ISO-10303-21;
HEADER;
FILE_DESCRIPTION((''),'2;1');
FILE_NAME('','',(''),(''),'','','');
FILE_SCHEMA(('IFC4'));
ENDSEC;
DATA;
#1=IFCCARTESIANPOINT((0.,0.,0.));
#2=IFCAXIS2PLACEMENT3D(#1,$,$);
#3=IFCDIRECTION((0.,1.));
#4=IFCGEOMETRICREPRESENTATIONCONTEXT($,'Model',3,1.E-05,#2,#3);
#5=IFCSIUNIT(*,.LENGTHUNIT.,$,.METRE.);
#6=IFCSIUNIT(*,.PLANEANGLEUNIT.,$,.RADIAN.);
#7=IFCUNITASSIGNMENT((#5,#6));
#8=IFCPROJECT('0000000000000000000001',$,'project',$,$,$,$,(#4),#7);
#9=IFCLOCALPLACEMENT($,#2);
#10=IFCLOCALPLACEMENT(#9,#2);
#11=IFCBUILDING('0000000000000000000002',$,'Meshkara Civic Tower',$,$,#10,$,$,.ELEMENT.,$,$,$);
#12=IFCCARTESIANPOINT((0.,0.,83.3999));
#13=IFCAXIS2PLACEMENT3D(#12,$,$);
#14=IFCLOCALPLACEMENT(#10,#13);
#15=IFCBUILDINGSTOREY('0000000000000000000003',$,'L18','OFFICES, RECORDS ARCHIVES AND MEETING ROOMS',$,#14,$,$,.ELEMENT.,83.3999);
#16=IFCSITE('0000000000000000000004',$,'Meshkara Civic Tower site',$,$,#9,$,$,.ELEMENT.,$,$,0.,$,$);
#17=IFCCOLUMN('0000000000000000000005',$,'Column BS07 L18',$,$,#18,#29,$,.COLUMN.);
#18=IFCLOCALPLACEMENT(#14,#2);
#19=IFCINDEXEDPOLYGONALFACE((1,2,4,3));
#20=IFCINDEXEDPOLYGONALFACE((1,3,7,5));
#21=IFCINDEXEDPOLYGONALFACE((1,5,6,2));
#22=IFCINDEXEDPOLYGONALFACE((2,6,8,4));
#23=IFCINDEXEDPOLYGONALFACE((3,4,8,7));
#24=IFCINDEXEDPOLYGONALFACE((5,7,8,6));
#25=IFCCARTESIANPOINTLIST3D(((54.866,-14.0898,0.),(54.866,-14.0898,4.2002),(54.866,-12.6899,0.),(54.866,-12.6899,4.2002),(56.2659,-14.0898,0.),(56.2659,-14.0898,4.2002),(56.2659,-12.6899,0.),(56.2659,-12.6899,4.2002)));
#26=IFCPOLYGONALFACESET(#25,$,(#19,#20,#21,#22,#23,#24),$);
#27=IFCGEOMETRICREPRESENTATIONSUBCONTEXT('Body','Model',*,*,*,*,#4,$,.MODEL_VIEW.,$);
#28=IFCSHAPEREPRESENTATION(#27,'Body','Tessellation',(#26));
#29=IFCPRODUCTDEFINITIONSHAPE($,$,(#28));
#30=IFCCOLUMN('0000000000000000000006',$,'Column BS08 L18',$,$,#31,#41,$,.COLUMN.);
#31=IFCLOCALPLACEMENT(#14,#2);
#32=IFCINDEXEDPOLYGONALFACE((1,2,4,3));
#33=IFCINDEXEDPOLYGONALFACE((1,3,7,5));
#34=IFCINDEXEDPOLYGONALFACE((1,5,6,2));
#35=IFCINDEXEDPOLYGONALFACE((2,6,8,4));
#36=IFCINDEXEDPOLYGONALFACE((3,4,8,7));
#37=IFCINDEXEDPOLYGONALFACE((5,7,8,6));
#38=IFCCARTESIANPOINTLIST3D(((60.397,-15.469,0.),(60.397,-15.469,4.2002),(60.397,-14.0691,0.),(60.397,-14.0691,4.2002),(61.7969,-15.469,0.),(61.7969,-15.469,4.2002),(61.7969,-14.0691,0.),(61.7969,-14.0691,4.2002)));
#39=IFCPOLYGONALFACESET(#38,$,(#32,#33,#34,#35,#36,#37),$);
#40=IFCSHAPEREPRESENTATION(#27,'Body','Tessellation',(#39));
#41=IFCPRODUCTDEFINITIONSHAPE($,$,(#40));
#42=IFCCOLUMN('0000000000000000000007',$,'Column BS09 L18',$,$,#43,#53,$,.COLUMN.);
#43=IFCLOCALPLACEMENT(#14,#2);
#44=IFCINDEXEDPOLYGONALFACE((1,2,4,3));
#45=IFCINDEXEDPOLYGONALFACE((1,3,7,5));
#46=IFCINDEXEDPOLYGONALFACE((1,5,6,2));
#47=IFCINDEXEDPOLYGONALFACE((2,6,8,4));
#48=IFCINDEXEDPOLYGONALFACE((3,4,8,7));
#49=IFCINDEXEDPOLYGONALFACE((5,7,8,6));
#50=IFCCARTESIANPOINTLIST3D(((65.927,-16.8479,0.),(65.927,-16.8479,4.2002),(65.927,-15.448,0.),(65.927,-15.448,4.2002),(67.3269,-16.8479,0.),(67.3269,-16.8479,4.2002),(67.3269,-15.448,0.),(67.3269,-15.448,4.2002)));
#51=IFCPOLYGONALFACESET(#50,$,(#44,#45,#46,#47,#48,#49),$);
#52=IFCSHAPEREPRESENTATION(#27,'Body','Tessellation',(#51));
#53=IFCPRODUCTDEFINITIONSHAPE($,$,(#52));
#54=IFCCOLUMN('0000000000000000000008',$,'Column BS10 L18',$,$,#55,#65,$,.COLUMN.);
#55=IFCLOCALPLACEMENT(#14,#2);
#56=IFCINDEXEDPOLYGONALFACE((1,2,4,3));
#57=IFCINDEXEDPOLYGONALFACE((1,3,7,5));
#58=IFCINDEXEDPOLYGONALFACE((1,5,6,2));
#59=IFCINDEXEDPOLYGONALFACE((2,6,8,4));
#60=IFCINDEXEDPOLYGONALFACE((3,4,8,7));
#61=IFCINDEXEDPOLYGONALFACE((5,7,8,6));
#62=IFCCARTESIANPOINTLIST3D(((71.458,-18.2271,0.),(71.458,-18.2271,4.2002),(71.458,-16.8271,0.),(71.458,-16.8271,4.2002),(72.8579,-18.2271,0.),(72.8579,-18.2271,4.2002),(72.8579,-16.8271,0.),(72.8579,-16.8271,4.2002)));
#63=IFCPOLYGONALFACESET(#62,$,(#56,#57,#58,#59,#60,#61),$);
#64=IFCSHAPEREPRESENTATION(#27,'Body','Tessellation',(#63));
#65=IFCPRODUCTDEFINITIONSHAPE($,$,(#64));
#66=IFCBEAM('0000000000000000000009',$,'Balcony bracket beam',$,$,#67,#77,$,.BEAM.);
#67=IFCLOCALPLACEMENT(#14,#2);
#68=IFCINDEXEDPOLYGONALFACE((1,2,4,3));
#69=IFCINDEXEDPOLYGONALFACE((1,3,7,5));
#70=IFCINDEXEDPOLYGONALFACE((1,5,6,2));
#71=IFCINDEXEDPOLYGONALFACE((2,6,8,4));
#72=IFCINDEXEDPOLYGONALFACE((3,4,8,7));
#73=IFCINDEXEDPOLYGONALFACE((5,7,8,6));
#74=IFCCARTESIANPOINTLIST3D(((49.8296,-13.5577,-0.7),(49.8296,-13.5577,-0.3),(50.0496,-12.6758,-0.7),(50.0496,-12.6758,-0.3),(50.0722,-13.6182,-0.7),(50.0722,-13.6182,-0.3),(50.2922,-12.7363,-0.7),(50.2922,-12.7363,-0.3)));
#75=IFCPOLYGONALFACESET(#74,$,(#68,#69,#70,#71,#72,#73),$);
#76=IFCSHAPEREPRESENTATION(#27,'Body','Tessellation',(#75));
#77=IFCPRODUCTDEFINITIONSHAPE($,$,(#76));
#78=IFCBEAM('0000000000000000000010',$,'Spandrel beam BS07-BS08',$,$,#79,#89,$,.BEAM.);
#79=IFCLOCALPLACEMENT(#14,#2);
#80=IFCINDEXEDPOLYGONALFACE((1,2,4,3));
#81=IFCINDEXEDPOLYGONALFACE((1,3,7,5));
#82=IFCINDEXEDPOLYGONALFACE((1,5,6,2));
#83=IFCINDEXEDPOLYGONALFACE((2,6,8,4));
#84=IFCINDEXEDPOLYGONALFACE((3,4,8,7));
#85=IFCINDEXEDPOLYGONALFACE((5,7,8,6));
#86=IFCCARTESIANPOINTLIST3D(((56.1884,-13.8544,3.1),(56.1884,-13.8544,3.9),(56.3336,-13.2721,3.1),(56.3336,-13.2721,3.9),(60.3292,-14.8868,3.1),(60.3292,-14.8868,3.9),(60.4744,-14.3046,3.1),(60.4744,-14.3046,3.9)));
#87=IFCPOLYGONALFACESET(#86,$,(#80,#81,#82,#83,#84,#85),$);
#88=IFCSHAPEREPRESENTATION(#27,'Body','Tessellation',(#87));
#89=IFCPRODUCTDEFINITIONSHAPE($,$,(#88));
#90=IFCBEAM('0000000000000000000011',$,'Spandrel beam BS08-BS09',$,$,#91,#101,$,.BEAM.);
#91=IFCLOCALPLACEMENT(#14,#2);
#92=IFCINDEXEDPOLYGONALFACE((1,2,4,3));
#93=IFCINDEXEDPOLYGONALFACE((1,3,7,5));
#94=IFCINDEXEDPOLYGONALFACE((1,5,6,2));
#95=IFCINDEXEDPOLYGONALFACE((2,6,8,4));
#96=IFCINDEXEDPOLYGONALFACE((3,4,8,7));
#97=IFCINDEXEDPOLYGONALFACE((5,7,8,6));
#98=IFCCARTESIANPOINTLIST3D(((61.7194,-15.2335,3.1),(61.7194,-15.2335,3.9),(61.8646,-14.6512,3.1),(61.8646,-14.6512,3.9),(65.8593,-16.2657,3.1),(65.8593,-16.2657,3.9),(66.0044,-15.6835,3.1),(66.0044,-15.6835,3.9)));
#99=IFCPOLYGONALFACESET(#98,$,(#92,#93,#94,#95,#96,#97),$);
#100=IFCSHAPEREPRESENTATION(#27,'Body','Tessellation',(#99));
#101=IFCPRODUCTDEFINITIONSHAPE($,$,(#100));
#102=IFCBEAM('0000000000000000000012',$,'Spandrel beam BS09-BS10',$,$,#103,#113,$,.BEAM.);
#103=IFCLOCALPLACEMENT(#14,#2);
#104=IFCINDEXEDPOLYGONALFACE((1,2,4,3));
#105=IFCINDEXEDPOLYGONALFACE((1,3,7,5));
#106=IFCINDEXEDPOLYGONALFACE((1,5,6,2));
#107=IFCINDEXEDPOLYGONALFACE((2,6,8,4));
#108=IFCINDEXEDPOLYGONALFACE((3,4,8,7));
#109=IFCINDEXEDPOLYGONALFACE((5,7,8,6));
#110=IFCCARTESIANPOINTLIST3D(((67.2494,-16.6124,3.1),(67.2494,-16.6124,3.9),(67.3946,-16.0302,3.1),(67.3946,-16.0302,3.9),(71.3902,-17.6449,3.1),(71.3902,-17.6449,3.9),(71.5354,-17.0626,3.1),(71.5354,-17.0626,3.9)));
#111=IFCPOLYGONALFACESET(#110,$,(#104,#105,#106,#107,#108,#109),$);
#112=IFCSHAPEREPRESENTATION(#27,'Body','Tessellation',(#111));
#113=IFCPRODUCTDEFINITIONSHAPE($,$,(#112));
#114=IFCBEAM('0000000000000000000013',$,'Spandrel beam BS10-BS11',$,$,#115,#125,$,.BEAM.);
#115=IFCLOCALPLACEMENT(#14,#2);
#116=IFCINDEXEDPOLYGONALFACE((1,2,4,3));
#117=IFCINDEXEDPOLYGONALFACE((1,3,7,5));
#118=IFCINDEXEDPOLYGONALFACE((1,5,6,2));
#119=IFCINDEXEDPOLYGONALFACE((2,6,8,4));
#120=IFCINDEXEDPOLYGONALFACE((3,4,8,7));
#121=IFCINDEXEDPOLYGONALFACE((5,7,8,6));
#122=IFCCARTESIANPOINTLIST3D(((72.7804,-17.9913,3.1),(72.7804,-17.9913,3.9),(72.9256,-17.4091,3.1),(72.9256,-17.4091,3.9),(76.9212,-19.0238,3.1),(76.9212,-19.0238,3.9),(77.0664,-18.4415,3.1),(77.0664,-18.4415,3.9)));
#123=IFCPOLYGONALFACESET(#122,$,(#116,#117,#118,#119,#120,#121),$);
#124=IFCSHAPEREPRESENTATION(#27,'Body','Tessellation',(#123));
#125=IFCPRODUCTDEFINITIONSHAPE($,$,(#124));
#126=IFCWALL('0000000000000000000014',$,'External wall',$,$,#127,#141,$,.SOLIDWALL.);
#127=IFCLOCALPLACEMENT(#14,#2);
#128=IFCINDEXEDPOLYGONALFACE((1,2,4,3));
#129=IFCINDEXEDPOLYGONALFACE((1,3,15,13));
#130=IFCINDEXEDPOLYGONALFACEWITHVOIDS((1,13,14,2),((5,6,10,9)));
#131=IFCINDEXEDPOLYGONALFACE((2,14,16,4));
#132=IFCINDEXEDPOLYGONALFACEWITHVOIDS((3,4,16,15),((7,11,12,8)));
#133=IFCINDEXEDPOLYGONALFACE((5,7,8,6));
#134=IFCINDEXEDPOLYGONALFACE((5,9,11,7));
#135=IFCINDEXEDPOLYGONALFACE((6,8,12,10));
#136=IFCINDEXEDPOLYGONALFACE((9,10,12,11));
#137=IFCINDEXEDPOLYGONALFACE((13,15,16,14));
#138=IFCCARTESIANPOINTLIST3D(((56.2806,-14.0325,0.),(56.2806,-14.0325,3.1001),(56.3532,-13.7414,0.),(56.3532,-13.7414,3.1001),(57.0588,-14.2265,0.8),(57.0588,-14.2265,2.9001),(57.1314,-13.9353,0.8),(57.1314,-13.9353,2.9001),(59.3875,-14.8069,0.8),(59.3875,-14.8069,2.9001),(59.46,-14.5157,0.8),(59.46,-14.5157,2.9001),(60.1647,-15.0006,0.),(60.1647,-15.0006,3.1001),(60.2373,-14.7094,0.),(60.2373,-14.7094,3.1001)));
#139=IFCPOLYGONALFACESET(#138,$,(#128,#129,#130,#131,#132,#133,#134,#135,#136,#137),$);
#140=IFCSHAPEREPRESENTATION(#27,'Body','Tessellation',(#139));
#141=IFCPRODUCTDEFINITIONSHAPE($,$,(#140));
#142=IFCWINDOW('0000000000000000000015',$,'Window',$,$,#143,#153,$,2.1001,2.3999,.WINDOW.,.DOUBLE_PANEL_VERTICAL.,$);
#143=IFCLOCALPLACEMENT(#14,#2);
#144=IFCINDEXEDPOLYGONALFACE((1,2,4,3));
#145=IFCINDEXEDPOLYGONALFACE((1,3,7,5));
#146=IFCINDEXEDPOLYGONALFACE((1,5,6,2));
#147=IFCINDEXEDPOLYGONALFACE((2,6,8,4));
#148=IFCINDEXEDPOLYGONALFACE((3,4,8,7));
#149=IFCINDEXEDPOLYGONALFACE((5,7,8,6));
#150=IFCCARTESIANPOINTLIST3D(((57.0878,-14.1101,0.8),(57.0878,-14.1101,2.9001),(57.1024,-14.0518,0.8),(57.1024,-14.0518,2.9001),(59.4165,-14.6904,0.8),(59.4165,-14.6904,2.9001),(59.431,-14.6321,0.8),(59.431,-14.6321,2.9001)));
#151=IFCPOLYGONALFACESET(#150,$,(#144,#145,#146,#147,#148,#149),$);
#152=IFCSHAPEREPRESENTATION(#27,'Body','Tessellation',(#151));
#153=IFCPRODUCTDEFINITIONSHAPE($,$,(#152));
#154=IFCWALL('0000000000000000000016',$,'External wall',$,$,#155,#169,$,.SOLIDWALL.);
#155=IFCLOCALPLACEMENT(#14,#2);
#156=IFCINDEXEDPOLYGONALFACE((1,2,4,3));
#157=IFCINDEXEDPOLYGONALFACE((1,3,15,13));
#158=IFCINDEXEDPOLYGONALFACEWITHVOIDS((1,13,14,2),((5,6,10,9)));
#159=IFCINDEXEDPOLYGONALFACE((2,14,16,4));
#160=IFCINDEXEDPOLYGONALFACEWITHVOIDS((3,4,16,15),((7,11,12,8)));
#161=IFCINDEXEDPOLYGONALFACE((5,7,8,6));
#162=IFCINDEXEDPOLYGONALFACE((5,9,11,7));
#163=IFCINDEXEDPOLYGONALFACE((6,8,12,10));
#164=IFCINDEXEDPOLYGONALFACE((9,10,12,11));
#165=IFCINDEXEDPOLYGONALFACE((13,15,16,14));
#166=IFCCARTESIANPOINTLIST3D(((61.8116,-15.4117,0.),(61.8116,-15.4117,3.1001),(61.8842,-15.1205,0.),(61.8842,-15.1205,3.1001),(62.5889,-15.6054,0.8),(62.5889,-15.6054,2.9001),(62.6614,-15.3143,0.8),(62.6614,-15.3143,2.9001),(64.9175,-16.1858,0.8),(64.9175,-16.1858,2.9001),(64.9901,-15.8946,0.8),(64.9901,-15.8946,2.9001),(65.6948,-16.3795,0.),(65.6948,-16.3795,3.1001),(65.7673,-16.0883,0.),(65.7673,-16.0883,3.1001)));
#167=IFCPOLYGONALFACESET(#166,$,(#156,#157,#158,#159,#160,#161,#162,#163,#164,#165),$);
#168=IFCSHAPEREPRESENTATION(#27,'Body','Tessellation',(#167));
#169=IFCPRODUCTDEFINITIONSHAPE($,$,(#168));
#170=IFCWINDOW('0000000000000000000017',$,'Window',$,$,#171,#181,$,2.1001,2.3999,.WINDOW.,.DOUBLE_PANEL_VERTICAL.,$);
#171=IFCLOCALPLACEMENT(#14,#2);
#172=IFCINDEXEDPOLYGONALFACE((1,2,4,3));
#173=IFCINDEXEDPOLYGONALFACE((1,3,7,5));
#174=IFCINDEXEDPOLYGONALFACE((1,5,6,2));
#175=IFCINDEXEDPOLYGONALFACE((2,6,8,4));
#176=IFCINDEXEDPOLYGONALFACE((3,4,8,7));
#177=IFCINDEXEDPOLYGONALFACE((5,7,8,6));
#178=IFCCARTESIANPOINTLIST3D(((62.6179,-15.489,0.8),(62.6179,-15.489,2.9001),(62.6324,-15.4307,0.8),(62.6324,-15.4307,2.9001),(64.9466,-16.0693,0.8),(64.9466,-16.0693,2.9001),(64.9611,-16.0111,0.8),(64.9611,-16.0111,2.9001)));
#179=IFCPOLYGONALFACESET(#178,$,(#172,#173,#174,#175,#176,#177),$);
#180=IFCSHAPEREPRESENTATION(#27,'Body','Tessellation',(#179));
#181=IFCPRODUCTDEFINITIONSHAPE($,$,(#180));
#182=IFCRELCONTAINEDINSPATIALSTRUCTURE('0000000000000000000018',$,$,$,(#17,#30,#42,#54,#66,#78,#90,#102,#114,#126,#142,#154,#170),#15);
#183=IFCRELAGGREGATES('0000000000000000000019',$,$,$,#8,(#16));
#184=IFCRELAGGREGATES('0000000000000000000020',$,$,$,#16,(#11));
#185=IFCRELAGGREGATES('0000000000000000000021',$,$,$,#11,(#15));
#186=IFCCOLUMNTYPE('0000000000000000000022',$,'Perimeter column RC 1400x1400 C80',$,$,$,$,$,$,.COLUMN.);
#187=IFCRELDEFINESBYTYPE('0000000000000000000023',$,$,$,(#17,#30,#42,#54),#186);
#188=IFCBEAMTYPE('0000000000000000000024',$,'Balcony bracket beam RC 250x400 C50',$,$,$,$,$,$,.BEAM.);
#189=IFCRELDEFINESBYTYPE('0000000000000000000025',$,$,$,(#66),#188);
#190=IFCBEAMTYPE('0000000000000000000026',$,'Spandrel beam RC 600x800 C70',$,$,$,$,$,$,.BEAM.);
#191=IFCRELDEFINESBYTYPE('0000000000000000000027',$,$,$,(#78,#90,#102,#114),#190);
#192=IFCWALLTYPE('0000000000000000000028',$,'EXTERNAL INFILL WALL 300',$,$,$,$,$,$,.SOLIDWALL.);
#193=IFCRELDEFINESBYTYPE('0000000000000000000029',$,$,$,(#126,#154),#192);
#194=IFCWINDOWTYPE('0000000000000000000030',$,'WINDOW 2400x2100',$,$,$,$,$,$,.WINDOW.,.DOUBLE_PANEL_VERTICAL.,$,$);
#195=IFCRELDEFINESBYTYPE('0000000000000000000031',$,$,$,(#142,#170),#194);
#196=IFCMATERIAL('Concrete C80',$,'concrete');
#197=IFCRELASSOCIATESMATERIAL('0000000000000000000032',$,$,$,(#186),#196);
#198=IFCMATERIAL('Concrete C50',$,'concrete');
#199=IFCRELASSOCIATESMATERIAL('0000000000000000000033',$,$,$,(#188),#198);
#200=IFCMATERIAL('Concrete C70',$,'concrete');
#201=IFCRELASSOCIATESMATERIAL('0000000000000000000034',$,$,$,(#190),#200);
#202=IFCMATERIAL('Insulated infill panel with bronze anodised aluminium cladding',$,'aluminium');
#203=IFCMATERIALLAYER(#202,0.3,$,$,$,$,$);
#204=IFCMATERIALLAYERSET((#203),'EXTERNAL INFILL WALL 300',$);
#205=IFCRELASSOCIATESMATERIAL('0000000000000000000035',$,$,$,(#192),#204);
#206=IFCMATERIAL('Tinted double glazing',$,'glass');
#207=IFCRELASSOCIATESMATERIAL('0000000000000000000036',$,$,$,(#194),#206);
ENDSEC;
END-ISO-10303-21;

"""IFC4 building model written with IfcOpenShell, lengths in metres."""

from ifc_helpers import new_model, si_unit, direction, frame, frame_2d, origin, origin_2d, place, context, subcontext, project, spatial, rectangle, extrude, material, layer, layer_set, material_profile, profile_set, type_object, element, fill, save


model = new_model("IFC4")

# Units and contexts
model_context = context("Model", 3, precision=1e-05, world=origin(), true_north=direction((0.0, 1.0)))
body_context = subcontext(model_context, "Body", "Model", "MODEL_VIEW")
ifc_project = project(units=[si_unit("LENGTHUNIT", "METRE"), si_unit("PLANEANGLEUNIT", "RADIAN")], contexts=[model_context])

# Site, building, storey
site_placement = place(None, origin())
site = spatial("IfcSite", under=ifc_project, at=site_placement, Name="Meshkara Civic Tower site", CompositionType="ELEMENT", RefElevation=0.0)
building_placement = place(site_placement, origin())
building = spatial("IfcBuilding", under=site, at=building_placement, Name="Meshkara Civic Tower", CompositionType="ELEMENT")
storey_placement = place(building_placement, frame((0.0, 0.0, 83.3999)))
storey = spatial("IfcBuildingStorey", under=building, at=storey_placement, Name="L18", Description="OFFICES, RECORDS ARCHIVES AND MEETING ROOMS", CompositionType="ELEMENT", Elevation=83.3999)

# Columns
ifc_material_1 = material(Name="Concrete C80", Category="concrete")
ifc_material_profile_1 = material_profile(ifc_material_1, rectangle(XDim=1.3999, YDim=1.3999, at=origin_2d()))
ifc_profile_set_1 = profile_set([ifc_material_profile_1], Name="Concrete C80")
column_type = type_object("IfcColumnType", Name="Perimeter column RC 1400x1400 C80", PredefinedType="COLUMN", material=ifc_profile_set_1)
for number, where, z_axis, x_axis, name in (
    (1, (55.5659, -13.3899, 0.0), (0.0, 0.0, 1.0), (1.0, 0.0, 0.0), "Column BS07 L18"),
    (2, (61.0969, -14.769, 0.0), (0.0, 0.0, 1.0), (1.0, 0.0, 0.0), "Column BS08 L18"),
    (3, (66.627, -16.1479, 0.0), (0.0, 0.0, 1.0), (1.0, 0.0, 0.0), "Column BS09 L18"),
    (4, (72.158, -17.5271, 0.0), (0.0, 0.0, 1.0), (1.0, 0.0, 0.0), "Column BS10 L18"),
):
    element("IfcColumn", number, at=place(storey_placement, frame(where, z_axis=z_axis, x_axis=x_axis)), inside=storey, type_object=column_type, Name=name, PredefinedType="COLUMN", context=body_context, shape_type="SweptSolid", body=[
        extrude(rectangle(XDim=1.3999, YDim=1.3999, at=origin_2d()), origin(), (0.0, 0.0, 1.0), 4.2002),
    ])

# Beams
ifc_material_2 = material(Name="Concrete C50", Category="concrete")
ifc_material_profile_2 = material_profile(ifc_material_2, rectangle(XDim=0.25, YDim=0.3999, at=origin_2d()))
ifc_profile_set_2 = profile_set([ifc_material_profile_2], Name="Concrete C50")
beam_type_1 = type_object("IfcBeamType", Name="Balcony bracket beam RC 250x400 C50", PredefinedType="BEAM", material=ifc_profile_set_2)
beam_1_placement = place(storey_placement, frame((50.1709, -12.7061, -0.5), z_axis=(-0.24203, -0.970269, 0.0), x_axis=(0.970269, -0.24203, 0.0)))
element("IfcBeam", 5, at=beam_1_placement, inside=storey, type_object=beam_type_1, Name="Balcony bracket beam", PredefinedType="BEAM", context=body_context, shape_type="SweptSolid", body=[
    extrude(rectangle(XDim=0.25, YDim=0.3999, at=origin_2d()), origin(), (0.0, 0.0, 1.0), 0.9089),
])
ifc_material_3 = material(Name="Concrete C70", Category="concrete")
ifc_material_profile_3 = material_profile(ifc_material_3, rectangle(XDim=0.6001, YDim=0.8, at=origin_2d()))
ifc_profile_set_3 = profile_set([ifc_material_profile_3], Name="Concrete C70")
beam_type_2 = type_object("IfcBeamType", Name="Spandrel beam RC 600x800 C70", PredefinedType="BEAM", material=ifc_profile_set_3)
beam_2_placement = place(storey_placement, frame((56.261, -13.5632, 3.5), z_axis=(0.970294, -0.24193, 0.0), x_axis=(0.24193, 0.970294, 0.0)))
element("IfcBeam", 6, at=beam_2_placement, inside=storey, type_object=beam_type_2, Name="Spandrel beam BS07-BS08", PredefinedType="BEAM", context=body_context, shape_type="SweptSolid", body=[
    extrude(rectangle(XDim=0.6001, YDim=0.8, at=origin_2d()), origin(), (0.0, 0.0, 1.0), 4.2676),
])
beam_3_placement = place(storey_placement, frame((61.792, -14.9424, 3.5), z_axis=(0.970294, -0.24193, 0.0), x_axis=(0.24193, 0.970294, 0.0)))
element("IfcBeam", 7, at=beam_3_placement, inside=storey, type_object=beam_type_2, Name="Spandrel beam BS08-BS09", PredefinedType="BEAM", context=body_context, shape_type="SweptSolid", body=[
    extrude(rectangle(XDim=0.6001, YDim=0.8, at=origin_2d()), origin(), (0.0, 0.0, 1.0), 4.2666),
])
for number, where, z_axis, x_axis, name in (
    (8, (67.322, -16.3213, 3.5), (0.970294, -0.24193, 0.0), (0.24193, 0.970294, 0.0), "Spandrel beam BS09-BS10"),
    (9, (72.853, -17.7002, 3.5), (0.970294, -0.24193, 0.0), (0.24193, 0.970294, 0.0), "Spandrel beam BS10-BS11"),
):
    element("IfcBeam", number, at=place(storey_placement, frame(where, z_axis=z_axis, x_axis=x_axis)), inside=storey, type_object=beam_type_2, Name=name, PredefinedType="BEAM", context=body_context, shape_type="SweptSolid", body=[
        extrude(rectangle(XDim=0.6001, YDim=0.8, at=origin_2d()), origin(), (0.0, 0.0, 1.0), 4.2676),
    ])

# Walls, openings, windows
ifc_material_4 = material(Name="Insulated infill panel with bronze anodised aluminium cladding", Category="aluminium")
ifc_layer_1 = layer(ifc_material_4, 0.3)
ifc_layer_set_1 = layer_set([ifc_layer_1], Name="EXTERNAL INFILL WALL 300")
wall_type_1 = type_object("IfcWallType", Name="EXTERNAL INFILL WALL 300", PredefinedType="SOLIDWALL", material=ifc_layer_set_1)
wall_1_placement = place(storey_placement, frame((56.3169, -13.887, 0.0), z_axis=(0.0, 0.0, 1.0), x_axis=(0.970318, -0.241832, 0.0)))
wall_1 = element("IfcWall", 10, at=wall_1_placement, inside=storey, type_object=wall_type_1, Name="External wall", PredefinedType="SOLIDWALL", context=body_context, shape_type="SweptSolid", body=[
    extrude(rectangle(XDim=4.0029, YDim=0.3, at=frame_2d((2.0015, 0.0))), origin(), (0.0, 0.0, 1.0), 3.1001),
])
opening_1_placement = place(wall_1_placement, frame((0.802, 0.0, 0.8)))
opening_1 = element("IfcOpeningElement", 11, at=opening_1_placement, cuts=wall_1, PredefinedType="OPENING", context=body_context, shape_type="SweptSolid", body=[
    extrude(rectangle(XDim=2.3999, YDim=2.1001, at=frame_2d((1.2, 1.05))), frame((0.0, 0.1599, 0.0), z_axis=(0.0, -1.0, 0.0), x_axis=(1.0, 0.0, 0.0)), (0.0, 0.0, 1.0), 0.3201),
])
ifc_material_5 = material(Name="Tinted double glazing", Category="glass")
window_type = type_object("IfcWindowType", Name="WINDOW 2400x2100", PartitioningType="DOUBLE_PANEL_VERTICAL", PredefinedType="WINDOW", material=ifc_material_5)
window_1_placement = place(opening_1_placement, origin())
window_1 = element("IfcWindow", 12, at=window_1_placement, inside=storey, type_object=window_type, Name="Window", OverallHeight=2.1001, OverallWidth=2.3999, PartitioningType="DOUBLE_PANEL_VERTICAL", PredefinedType="WINDOW", context=body_context, shape_type="SweptSolid", body=[
    extrude(rectangle(XDim=2.3999, YDim=2.1001, at=frame_2d((1.2, 1.05))), frame((0.0, 0.03, 0.0), z_axis=(0.0, -1.0, 0.0), x_axis=(1.0, 0.0, 0.0)), (0.0, 0.0, 1.0), 0.0601),
])
fill(opening_1, window_1)
wall_2_placement = place(storey_placement, frame((61.8479, -15.2661, 0.0), z_axis=(0.0, 0.0, 1.0), x_axis=(0.970318, -0.241832, 0.0)))
wall_2 = element("IfcWall", 13, at=wall_2_placement, inside=storey, type_object=wall_type_1, Name="External wall", PredefinedType="SOLIDWALL", context=body_context, shape_type="SweptSolid", body=[
    extrude(rectangle(XDim=4.002, YDim=0.3, at=frame_2d((2.001, 0.0))), origin(), (0.0, 0.0, 1.0), 3.1001),
])
opening_2_placement = place(wall_2_placement, frame((0.801, 0.0, 0.8)))
opening_2 = element("IfcOpeningElement", 14, at=opening_2_placement, cuts=wall_2, PredefinedType="OPENING", context=body_context, shape_type="SweptSolid", body=[
    extrude(rectangle(XDim=2.3999, YDim=2.1001, at=frame_2d((1.2, 1.05))), frame((0.0, 0.1599, 0.0), z_axis=(0.0, -1.0, 0.0), x_axis=(1.0, 0.0, 0.0)), (0.0, 0.0, 1.0), 0.3201),
])
window_2_placement = place(opening_2_placement, origin())
window_2 = element("IfcWindow", 15, at=window_2_placement, inside=storey, type_object=window_type, Name="Window", OverallHeight=2.1001, OverallWidth=2.3999, PartitioningType="DOUBLE_PANEL_VERTICAL", PredefinedType="WINDOW", context=body_context, shape_type="SweptSolid", body=[
    extrude(rectangle(XDim=2.3999, YDim=2.1001, at=frame_2d((1.2, 1.05))), frame((0.0, 0.03, 0.0), z_axis=(0.0, -1.0, 0.0), x_axis=(1.0, 0.0, 0.0)), (0.0, 0.0, 1.0), 0.0601),
])
fill(opening_2, window_2)

save(model, "model.ifc")
